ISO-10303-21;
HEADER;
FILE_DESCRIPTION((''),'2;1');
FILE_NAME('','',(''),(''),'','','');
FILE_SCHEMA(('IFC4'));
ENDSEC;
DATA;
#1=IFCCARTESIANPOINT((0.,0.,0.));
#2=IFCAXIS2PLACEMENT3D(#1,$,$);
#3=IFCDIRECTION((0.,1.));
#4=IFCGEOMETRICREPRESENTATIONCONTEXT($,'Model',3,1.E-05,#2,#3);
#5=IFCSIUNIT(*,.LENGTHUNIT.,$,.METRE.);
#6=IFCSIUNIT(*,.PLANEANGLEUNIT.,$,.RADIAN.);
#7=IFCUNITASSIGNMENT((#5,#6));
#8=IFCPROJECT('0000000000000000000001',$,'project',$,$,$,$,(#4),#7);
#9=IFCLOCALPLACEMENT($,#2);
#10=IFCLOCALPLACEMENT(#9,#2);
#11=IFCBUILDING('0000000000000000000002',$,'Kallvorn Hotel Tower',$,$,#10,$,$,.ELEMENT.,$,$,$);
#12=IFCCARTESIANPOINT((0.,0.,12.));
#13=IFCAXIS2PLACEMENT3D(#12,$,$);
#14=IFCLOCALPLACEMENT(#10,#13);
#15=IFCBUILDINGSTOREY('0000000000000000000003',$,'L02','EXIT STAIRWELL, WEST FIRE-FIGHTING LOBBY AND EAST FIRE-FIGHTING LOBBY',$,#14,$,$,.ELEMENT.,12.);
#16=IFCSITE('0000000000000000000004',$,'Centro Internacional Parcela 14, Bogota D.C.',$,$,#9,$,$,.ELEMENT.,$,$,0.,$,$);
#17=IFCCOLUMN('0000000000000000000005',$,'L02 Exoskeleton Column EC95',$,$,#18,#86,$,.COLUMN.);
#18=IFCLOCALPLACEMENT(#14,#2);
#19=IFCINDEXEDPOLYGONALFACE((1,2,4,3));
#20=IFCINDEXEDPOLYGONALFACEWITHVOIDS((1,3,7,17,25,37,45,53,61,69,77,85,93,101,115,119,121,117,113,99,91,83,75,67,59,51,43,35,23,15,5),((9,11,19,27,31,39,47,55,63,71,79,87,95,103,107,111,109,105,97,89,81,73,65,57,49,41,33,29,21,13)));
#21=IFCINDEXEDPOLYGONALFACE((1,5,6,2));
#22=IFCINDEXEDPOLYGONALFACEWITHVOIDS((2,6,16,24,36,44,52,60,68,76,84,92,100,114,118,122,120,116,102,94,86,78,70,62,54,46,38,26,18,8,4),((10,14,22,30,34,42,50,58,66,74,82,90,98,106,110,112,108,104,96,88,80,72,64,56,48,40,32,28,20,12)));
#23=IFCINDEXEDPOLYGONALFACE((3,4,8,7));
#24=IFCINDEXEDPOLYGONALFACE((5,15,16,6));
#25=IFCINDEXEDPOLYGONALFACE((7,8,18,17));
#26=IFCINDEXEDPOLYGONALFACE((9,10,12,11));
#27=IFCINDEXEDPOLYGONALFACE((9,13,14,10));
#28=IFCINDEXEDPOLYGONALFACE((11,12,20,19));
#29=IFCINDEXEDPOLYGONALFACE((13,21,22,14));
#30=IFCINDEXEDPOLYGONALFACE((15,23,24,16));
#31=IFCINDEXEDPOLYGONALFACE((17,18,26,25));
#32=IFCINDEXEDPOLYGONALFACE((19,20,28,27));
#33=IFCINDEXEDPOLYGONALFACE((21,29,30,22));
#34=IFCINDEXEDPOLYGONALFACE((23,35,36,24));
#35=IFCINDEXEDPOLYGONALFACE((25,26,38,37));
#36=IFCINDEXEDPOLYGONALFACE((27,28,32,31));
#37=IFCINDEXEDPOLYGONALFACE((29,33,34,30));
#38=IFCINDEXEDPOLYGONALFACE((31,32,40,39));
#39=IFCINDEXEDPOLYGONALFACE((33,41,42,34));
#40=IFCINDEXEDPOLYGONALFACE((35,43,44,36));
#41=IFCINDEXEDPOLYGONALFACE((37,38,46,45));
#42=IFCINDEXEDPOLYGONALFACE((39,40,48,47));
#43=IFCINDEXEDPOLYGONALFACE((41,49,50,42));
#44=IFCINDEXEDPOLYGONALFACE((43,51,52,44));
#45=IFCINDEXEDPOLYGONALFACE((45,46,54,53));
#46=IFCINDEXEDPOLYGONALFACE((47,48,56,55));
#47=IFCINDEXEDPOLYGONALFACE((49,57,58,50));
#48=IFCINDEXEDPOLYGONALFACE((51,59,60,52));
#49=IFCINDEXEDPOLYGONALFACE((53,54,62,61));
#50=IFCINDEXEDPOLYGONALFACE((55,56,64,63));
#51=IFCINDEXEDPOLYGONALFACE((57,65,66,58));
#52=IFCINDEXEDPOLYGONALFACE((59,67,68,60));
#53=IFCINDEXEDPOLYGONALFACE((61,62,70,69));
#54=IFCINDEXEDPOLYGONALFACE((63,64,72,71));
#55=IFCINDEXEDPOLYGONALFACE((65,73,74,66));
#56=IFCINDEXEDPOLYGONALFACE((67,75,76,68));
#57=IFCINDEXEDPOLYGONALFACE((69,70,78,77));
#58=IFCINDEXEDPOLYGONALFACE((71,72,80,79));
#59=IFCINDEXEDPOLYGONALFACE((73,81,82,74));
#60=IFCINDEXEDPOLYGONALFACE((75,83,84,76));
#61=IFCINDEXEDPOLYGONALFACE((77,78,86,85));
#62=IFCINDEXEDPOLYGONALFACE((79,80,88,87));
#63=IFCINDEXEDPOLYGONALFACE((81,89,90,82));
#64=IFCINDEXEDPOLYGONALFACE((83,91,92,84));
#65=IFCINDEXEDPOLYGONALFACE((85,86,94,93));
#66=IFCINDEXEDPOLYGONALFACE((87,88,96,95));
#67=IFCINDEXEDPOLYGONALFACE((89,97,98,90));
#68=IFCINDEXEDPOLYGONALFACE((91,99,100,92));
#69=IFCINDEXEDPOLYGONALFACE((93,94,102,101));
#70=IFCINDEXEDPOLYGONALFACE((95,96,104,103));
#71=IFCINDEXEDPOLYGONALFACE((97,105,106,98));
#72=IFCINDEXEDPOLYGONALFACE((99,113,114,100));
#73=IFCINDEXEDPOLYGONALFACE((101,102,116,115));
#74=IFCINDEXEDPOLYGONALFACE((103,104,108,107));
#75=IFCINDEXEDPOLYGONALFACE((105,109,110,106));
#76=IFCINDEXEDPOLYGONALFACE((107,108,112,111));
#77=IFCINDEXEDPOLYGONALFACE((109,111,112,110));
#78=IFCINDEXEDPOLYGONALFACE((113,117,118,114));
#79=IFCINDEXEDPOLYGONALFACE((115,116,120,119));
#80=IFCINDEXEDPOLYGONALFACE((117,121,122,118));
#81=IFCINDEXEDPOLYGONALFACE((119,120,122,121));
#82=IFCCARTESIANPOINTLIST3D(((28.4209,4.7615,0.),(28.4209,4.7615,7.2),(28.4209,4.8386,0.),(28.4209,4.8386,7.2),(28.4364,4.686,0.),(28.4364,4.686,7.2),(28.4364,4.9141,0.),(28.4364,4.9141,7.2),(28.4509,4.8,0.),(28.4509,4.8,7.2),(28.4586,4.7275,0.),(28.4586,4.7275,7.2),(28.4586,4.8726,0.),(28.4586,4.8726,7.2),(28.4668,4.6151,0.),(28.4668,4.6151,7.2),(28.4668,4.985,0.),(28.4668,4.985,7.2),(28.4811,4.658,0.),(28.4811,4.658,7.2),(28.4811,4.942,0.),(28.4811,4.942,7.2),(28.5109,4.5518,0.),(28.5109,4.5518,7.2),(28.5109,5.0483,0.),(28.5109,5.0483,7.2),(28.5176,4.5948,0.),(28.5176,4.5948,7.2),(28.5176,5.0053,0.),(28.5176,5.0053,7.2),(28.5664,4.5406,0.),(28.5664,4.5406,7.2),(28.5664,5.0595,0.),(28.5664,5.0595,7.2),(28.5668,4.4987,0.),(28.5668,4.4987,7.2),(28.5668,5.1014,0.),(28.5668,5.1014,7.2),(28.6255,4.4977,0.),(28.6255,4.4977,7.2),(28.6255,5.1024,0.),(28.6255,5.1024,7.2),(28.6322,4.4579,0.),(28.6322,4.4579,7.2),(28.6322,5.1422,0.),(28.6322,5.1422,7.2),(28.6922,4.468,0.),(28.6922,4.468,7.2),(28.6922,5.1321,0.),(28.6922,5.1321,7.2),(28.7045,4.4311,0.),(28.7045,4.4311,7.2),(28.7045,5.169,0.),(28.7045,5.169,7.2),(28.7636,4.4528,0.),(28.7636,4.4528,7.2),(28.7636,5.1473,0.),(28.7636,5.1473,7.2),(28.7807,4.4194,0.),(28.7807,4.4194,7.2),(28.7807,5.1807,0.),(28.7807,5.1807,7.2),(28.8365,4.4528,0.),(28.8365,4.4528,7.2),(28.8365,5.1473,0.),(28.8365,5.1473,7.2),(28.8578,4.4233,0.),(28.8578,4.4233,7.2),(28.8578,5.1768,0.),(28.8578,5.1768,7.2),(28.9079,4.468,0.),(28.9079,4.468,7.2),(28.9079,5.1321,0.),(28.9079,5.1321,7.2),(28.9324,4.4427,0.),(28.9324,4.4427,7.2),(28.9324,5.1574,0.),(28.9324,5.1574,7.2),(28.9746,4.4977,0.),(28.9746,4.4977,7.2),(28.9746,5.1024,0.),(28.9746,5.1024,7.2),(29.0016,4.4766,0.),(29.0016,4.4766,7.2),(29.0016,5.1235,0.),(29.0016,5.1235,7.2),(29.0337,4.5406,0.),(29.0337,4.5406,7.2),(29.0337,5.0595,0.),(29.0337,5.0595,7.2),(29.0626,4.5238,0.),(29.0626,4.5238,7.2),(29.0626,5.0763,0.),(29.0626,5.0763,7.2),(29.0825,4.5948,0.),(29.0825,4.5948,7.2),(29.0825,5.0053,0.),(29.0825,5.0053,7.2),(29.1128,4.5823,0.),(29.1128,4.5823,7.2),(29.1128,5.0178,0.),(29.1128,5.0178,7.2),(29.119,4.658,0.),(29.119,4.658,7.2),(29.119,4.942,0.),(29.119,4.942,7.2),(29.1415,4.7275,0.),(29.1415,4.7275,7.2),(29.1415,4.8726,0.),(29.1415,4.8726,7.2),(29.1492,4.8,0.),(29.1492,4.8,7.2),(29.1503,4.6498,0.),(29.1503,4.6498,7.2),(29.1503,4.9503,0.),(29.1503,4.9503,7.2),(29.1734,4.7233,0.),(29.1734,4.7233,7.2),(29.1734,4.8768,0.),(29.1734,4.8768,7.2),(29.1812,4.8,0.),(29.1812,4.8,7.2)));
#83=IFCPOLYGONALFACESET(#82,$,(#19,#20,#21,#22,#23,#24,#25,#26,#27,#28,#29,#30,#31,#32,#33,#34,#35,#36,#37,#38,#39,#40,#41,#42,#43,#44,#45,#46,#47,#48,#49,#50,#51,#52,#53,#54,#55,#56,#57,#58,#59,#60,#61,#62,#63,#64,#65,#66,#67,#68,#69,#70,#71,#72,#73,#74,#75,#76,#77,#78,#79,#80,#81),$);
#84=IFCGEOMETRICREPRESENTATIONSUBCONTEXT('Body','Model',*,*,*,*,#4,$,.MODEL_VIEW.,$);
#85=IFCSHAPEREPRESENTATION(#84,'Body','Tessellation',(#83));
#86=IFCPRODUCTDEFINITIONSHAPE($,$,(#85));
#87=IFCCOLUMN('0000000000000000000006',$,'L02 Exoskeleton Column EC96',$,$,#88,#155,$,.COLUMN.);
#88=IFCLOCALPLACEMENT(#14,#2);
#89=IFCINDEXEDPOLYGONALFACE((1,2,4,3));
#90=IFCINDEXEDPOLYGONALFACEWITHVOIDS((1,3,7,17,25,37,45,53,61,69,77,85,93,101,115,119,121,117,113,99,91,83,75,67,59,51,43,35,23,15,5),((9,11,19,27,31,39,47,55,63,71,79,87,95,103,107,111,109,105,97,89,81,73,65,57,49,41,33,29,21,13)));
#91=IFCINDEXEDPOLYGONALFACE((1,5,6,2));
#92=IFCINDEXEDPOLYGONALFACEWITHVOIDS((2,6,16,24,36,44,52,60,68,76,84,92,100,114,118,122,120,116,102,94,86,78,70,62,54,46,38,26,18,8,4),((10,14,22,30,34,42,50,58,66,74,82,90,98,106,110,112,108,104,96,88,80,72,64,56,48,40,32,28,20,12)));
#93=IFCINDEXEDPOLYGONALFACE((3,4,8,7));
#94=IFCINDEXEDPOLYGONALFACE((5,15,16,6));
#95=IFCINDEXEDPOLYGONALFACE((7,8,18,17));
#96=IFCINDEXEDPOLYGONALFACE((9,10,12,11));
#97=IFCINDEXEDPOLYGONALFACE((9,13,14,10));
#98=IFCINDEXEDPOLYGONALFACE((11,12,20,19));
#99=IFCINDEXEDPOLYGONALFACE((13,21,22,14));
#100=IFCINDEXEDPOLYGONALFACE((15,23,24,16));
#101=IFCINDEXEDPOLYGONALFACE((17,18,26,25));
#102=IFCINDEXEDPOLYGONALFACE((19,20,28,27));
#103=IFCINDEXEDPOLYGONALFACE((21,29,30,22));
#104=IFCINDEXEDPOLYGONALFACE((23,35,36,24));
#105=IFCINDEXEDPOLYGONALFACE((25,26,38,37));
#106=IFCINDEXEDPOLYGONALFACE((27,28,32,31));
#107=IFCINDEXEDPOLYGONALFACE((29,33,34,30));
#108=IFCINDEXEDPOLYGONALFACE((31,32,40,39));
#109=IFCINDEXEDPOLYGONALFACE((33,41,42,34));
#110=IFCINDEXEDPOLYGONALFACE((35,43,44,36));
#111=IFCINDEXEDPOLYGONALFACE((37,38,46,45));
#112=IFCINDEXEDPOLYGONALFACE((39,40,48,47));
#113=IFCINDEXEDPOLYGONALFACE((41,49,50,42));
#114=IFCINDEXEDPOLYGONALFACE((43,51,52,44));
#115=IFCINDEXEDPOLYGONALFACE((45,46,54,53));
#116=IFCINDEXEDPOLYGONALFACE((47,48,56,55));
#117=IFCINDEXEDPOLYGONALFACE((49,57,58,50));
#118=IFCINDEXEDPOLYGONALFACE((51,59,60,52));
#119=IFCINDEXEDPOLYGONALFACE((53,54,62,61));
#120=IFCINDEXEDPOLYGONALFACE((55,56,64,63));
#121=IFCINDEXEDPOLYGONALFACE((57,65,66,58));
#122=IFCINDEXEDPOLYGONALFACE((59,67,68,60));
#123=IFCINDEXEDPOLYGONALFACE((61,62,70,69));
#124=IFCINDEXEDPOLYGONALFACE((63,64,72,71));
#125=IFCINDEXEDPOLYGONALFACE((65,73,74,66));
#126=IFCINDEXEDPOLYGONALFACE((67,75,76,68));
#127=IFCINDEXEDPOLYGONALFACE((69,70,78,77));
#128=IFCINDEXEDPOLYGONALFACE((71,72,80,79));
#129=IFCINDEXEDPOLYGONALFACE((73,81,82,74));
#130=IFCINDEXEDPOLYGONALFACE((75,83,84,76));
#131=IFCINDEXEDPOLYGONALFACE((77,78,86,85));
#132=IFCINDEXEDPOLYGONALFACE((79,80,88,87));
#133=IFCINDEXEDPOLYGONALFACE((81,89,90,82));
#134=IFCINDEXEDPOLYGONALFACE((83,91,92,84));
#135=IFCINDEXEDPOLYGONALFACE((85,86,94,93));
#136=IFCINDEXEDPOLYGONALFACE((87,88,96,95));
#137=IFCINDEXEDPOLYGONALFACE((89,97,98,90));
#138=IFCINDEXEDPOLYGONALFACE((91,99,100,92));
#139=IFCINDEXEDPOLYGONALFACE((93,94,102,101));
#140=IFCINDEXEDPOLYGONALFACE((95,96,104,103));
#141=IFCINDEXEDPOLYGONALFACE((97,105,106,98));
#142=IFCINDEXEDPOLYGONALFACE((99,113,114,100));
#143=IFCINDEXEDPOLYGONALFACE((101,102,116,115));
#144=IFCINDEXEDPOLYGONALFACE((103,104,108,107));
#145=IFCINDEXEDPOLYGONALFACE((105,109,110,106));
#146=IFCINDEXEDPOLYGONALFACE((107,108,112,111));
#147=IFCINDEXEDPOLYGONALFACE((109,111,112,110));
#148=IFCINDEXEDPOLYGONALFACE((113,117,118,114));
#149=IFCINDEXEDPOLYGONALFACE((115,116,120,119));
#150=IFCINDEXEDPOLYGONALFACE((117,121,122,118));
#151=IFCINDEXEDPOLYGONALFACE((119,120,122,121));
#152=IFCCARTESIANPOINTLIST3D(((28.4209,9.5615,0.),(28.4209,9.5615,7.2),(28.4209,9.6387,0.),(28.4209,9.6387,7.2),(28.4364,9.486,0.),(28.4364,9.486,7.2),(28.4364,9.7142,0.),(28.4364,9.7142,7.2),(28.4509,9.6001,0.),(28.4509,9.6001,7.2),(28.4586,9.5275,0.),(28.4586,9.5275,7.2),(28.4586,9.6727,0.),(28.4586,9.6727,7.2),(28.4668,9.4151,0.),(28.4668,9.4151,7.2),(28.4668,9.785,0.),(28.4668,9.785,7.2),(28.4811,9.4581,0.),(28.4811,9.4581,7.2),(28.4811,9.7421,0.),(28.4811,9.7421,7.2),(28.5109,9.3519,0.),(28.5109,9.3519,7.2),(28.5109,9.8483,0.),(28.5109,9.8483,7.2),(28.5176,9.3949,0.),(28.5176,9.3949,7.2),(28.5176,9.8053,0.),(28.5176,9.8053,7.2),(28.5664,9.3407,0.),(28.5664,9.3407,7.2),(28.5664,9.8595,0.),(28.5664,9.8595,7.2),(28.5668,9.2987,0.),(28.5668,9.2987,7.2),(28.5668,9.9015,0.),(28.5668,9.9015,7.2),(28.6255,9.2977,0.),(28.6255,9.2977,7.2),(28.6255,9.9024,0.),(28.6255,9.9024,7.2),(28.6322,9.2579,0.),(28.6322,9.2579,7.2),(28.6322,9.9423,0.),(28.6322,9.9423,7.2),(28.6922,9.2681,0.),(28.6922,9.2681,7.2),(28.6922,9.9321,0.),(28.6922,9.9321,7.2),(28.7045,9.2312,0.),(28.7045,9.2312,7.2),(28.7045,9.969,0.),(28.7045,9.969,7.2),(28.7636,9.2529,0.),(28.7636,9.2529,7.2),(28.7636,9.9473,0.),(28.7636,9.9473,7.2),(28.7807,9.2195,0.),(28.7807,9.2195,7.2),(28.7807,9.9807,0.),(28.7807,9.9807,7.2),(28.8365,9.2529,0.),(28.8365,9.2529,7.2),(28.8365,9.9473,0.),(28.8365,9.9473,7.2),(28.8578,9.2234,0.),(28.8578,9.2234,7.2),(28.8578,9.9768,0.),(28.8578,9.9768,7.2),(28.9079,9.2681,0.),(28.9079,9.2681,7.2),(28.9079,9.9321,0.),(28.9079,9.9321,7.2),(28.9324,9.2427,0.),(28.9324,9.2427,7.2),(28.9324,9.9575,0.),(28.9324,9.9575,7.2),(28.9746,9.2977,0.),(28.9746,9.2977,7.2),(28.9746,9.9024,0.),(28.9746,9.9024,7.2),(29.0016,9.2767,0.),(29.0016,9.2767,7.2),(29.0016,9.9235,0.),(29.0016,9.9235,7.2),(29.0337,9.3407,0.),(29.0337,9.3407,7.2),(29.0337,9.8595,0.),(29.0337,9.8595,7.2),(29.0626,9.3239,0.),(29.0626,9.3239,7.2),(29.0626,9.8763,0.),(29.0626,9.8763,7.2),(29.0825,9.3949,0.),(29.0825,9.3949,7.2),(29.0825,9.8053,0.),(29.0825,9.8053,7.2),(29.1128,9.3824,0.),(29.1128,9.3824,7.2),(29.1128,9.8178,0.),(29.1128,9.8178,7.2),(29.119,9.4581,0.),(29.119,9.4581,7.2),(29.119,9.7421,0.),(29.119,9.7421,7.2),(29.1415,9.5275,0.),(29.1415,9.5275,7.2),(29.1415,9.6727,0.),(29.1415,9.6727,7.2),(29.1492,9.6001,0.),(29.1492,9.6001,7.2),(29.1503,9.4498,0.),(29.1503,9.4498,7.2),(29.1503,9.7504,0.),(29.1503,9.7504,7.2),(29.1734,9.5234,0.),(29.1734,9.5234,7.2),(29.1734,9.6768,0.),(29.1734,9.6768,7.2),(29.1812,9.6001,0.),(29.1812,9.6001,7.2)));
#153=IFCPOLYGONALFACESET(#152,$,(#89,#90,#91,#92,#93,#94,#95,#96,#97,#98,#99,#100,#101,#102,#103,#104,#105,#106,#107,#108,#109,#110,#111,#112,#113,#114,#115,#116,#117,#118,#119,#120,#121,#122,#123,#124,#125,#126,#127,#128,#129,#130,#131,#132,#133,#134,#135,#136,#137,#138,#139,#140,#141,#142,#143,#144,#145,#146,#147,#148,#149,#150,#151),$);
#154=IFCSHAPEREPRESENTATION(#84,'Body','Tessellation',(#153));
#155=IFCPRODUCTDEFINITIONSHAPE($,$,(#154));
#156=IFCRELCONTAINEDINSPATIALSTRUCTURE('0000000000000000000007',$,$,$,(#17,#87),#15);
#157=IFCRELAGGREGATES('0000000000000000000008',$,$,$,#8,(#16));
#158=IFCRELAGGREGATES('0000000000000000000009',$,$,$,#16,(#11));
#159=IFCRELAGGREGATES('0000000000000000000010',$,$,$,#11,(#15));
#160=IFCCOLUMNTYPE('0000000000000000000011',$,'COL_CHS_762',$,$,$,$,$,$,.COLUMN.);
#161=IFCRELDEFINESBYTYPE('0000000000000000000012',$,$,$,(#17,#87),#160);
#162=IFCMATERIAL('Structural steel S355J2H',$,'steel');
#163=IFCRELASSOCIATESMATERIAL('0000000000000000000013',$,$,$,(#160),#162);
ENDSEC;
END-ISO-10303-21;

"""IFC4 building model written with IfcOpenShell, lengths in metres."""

from ifc_helpers import new_model, si_unit, direction, frame, origin, origin_2d, place, context, subcontext, project, spatial, hollow_circle, extrude, material, material_profile, profile_set, type_object, element, save


model = new_model("IFC4")

# Units and contexts
model_context = context("Model", 3, precision=1e-05, world=origin(), true_north=direction((0.0, 1.0)))
body_context = subcontext(model_context, "Body", "Model", "MODEL_VIEW")
ifc_project = project(units=[si_unit("LENGTHUNIT", "METRE"), si_unit("PLANEANGLEUNIT", "RADIAN")], contexts=[model_context])

# Site, building, storey
site_placement = place(None, origin())
site = spatial("IfcSite", under=ifc_project, at=site_placement, Name="Centro Internacional Parcela 14, Bogota D.C.", CompositionType="ELEMENT", RefElevation=0.0)
building_placement = place(site_placement, origin())
building = spatial("IfcBuilding", under=site, at=building_placement, Name="Kallvorn Hotel Tower", CompositionType="ELEMENT")
storey_placement = place(building_placement, frame((0.0, 0.0, 12.0)))
storey = spatial("IfcBuildingStorey", under=building, at=storey_placement, Name="L02", Description="EXIT STAIRWELL, WEST FIRE-FIGHTING LOBBY AND EAST FIRE-FIGHTING LOBBY", CompositionType="ELEMENT", Elevation=12.0)

# Columns
ifc_material_1 = material(Name="Structural steel S355J2H", Category="steel")
ifc_material_profile_1 = material_profile(ifc_material_1, hollow_circle(Radius=0.3811, WallThickness=0.032, at=origin_2d()), Name="CHS 762x32")
ifc_profile_set_1 = profile_set([ifc_material_profile_1], Name="Structural steel S355J2H")
column_type_1 = type_object("IfcColumnType", Name="COL_CHS_762", PredefinedType="COLUMN", material=ifc_profile_set_1)
for number, where, z_axis, x_axis, name in (
    (1, (28.8, 4.8, 0.0), (0.0, 0.0, 1.0), (1.0, 0.0, 0.0), "L02 Exoskeleton Column EC95"),
    (2, (28.8, 9.6001, 0.0), (0.0, 0.0, 1.0), (1.0, 0.0, 0.0), "L02 Exoskeleton Column EC96"),
):
    element("IfcColumn", number, at=place(storey_placement, frame(where, z_axis=z_axis, x_axis=x_axis)), inside=storey, type_object=column_type_1, Name=name, PredefinedType="COLUMN", context=body_context, shape_type="SweptSolid", body=[
        extrude(hollow_circle(Radius=0.3811, WallThickness=0.032, at=origin_2d()), origin(), (0.0, 0.0, 1.0), 7.2),
    ])

save(model, "model.ifc")
